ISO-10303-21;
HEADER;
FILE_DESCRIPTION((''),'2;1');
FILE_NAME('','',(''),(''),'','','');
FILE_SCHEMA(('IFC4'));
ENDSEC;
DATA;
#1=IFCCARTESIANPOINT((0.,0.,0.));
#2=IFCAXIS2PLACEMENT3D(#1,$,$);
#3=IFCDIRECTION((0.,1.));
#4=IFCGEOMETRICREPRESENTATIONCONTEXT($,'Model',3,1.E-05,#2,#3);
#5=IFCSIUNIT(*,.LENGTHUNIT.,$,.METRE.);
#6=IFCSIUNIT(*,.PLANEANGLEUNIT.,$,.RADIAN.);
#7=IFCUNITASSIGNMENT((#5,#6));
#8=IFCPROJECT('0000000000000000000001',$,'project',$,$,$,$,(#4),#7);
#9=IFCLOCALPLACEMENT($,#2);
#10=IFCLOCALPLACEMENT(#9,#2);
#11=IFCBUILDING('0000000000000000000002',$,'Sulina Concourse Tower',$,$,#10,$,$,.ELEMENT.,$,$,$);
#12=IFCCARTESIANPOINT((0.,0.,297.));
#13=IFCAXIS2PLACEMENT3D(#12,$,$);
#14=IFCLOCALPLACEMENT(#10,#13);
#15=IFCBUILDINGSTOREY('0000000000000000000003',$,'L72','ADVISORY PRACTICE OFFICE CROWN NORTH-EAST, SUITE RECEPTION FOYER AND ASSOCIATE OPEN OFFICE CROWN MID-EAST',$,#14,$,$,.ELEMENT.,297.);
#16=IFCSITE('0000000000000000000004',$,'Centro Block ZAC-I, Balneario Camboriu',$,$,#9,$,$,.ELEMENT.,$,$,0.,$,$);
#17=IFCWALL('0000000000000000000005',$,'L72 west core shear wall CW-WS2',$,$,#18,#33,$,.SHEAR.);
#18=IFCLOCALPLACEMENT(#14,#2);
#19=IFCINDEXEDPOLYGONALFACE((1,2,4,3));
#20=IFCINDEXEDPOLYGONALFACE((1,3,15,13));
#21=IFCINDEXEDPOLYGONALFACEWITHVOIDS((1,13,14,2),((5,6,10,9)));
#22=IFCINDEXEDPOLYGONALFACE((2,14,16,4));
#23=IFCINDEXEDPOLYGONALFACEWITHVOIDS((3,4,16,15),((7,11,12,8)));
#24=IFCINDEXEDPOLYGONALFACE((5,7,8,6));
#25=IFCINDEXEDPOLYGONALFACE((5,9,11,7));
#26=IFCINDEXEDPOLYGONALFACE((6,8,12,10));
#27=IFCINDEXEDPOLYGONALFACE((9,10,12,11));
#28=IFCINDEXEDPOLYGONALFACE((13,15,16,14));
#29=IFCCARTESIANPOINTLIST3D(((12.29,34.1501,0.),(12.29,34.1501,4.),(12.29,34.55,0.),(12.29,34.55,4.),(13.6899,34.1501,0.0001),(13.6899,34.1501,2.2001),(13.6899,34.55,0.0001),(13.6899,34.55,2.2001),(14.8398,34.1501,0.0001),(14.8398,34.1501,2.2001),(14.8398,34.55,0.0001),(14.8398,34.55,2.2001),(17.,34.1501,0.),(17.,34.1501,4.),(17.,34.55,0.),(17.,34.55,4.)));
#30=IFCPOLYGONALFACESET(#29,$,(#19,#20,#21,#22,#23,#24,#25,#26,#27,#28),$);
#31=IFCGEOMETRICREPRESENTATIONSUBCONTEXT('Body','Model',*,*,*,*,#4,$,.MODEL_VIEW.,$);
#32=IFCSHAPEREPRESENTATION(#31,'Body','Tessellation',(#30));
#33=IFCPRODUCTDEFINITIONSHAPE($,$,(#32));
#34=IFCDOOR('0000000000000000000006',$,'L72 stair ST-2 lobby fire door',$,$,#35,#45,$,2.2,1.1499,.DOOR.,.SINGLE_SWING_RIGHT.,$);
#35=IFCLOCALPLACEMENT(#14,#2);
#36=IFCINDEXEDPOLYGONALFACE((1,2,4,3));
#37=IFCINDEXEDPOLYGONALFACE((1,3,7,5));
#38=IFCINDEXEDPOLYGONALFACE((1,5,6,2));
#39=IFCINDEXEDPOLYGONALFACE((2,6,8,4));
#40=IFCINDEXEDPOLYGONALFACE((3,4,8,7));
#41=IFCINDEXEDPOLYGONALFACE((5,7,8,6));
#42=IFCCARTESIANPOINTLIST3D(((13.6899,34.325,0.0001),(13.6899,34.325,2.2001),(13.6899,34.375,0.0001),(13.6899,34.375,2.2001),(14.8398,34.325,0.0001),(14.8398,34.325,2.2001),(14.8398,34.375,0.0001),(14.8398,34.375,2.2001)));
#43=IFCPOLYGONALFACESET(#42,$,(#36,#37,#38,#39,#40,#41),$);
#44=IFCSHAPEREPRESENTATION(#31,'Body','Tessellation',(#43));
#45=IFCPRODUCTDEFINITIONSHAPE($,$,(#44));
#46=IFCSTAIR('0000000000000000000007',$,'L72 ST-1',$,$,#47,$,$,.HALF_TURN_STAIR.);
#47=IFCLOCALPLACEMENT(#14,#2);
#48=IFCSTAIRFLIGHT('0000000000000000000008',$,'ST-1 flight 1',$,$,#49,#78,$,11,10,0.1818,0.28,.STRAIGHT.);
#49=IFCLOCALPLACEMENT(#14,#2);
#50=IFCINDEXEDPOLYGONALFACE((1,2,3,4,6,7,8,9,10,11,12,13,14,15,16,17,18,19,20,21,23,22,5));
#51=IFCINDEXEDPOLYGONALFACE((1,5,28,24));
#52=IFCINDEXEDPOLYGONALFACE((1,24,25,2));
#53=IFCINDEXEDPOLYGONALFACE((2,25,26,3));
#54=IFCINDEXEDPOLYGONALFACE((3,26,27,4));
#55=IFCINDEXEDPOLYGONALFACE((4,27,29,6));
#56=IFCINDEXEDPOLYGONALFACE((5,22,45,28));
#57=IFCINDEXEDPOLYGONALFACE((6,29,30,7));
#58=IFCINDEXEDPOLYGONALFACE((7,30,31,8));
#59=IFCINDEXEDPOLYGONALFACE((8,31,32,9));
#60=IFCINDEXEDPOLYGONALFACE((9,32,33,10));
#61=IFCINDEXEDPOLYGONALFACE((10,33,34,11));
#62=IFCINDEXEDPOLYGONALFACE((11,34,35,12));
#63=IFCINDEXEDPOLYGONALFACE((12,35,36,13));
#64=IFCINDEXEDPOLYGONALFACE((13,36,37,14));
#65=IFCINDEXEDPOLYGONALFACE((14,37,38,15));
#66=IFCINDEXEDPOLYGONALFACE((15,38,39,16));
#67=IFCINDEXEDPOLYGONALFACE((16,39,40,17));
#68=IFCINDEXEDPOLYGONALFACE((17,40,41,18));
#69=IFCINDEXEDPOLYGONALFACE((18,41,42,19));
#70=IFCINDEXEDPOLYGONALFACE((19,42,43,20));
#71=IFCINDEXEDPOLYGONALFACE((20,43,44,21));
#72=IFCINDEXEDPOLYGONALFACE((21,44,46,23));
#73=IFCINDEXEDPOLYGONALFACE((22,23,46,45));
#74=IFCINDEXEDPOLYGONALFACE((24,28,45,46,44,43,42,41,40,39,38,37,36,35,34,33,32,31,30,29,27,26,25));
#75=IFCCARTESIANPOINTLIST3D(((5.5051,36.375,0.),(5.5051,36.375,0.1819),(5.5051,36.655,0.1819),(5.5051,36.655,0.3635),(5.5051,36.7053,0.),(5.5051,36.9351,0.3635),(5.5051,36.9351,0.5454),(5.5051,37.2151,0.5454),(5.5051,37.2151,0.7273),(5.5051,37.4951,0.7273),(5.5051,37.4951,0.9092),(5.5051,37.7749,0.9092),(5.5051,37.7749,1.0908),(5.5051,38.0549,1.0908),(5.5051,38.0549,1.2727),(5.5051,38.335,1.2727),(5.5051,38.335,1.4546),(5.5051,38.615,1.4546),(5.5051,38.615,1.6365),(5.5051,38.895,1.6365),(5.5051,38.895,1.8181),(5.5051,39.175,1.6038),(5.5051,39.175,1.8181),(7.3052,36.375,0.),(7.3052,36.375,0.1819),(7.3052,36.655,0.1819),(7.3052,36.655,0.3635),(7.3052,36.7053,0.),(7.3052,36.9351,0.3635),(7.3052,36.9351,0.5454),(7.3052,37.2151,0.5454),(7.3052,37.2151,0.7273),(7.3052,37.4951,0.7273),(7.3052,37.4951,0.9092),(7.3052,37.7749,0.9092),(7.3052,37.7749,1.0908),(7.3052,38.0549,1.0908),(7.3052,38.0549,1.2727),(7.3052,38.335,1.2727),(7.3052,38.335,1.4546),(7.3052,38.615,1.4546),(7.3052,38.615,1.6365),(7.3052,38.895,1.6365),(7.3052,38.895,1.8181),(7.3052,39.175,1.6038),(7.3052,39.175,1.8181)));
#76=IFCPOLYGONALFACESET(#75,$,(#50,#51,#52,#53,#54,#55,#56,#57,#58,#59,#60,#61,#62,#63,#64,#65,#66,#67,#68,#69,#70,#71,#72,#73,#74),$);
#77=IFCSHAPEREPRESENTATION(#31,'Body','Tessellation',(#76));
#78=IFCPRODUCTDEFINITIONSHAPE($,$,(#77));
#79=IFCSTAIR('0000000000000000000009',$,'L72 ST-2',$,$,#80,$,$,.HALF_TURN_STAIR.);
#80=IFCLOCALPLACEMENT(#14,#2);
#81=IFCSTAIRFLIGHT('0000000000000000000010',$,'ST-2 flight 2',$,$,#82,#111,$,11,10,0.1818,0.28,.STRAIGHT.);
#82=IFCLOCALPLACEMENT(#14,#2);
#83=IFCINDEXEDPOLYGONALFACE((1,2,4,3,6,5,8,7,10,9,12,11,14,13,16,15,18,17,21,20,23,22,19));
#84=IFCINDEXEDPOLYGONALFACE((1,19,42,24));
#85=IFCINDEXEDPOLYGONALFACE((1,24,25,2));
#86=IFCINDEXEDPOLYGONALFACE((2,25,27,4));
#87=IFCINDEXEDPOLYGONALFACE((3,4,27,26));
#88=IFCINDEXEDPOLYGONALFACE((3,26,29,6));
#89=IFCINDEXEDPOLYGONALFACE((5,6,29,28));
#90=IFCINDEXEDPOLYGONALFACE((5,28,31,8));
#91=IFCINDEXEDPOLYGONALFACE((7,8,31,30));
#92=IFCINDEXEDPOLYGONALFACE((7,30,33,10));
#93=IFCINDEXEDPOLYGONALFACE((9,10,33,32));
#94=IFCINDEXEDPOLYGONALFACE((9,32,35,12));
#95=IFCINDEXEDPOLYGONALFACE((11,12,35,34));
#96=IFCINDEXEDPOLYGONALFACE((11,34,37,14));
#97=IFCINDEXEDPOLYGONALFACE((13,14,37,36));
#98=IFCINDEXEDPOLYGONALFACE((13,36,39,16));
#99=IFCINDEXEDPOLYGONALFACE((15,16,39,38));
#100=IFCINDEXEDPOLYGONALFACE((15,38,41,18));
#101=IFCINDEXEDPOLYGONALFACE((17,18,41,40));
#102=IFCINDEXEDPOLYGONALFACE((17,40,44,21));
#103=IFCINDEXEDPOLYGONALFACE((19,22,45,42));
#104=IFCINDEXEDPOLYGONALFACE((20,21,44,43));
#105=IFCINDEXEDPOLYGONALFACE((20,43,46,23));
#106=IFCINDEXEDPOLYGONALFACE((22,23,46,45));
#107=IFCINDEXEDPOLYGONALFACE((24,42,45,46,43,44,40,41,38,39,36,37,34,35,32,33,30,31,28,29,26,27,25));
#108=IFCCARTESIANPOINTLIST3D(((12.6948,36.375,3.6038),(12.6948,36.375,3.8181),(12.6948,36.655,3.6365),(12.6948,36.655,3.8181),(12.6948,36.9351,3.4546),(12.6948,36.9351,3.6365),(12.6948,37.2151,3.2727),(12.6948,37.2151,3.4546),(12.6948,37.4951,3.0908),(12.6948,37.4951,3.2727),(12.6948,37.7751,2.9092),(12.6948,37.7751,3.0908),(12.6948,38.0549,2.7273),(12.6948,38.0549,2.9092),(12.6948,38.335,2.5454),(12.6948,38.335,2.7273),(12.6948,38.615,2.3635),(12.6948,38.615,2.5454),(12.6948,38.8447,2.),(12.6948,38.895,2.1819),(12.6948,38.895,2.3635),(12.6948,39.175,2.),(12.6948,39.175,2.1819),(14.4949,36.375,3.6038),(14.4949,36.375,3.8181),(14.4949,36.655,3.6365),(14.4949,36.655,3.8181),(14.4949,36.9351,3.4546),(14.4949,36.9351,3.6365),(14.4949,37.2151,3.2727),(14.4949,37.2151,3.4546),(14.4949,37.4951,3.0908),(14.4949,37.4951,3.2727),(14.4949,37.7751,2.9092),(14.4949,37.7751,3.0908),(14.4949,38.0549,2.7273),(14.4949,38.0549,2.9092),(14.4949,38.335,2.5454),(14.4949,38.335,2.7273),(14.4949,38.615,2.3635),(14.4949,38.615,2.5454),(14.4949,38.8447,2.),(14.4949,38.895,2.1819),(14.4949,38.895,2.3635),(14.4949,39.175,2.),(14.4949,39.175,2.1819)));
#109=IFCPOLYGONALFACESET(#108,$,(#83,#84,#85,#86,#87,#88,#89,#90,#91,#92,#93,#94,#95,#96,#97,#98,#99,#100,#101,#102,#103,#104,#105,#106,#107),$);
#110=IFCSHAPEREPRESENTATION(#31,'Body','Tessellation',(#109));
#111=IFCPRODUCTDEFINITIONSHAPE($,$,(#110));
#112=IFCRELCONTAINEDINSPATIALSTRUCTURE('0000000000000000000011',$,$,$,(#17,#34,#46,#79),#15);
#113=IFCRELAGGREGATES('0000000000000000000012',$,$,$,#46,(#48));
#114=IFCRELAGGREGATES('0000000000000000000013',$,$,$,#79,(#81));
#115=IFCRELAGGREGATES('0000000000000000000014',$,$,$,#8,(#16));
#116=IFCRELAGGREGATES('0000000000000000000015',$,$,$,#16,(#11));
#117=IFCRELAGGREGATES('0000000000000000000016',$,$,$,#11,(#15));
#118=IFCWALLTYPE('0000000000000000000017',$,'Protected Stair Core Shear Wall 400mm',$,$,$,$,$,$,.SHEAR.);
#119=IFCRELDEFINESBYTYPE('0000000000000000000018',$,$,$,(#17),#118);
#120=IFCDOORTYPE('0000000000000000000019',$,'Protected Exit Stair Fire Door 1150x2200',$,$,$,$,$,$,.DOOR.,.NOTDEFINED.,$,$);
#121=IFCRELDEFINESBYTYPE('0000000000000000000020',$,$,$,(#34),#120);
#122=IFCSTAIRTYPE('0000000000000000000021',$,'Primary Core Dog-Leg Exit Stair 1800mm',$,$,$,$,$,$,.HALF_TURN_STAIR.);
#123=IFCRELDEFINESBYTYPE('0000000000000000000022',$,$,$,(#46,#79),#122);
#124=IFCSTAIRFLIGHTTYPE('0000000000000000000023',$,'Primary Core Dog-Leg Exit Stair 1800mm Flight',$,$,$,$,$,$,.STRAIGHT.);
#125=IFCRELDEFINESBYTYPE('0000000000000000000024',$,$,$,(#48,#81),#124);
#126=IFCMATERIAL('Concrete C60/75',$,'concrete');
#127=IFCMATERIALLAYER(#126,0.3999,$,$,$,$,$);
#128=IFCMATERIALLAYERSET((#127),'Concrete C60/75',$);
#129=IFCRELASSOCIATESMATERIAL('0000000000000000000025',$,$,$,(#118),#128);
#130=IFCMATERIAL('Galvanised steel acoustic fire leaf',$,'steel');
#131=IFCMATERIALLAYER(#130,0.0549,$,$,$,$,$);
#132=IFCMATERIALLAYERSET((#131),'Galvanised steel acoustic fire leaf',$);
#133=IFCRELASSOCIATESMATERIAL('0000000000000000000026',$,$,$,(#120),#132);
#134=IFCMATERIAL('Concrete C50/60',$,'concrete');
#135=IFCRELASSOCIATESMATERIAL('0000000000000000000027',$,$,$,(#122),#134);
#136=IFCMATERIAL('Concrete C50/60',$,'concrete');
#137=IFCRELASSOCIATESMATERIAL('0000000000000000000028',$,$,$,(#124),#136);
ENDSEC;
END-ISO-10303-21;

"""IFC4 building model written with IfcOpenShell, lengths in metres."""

from ifc_helpers import new_model, si_unit, direction, frame, frame_2d, origin, place, context, subcontext, project, spatial, polyline, rectangle, outline, extrude, material, layer, layer_set, type_object, element, fill, aggregate, save


model = new_model("IFC4")

# Units and contexts
model_context = context("Model", 3, precision=1e-05, world=origin(), true_north=direction((0.0, 1.0)))
body_context = subcontext(model_context, "Body", "Model", "MODEL_VIEW")
ifc_project = project(units=[si_unit("LENGTHUNIT", "METRE"), si_unit("PLANEANGLEUNIT", "RADIAN")], contexts=[model_context])

# Site, building, storey
site_placement = place(None, origin())
site = spatial("IfcSite", under=ifc_project, at=site_placement, Name="Centro Block ZAC-I, Balneario Camboriu", CompositionType="ELEMENT", RefElevation=0.0)
building_placement = place(site_placement, origin())
building = spatial("IfcBuilding", under=site, at=building_placement, Name="Sulina Concourse Tower", CompositionType="ELEMENT")
storey_placement = place(building_placement, frame((0.0, 0.0, 297.0)))
storey = spatial("IfcBuildingStorey", under=building, at=storey_placement, Name="L72", Description="ADVISORY PRACTICE OFFICE CROWN NORTH-EAST, SUITE RECEPTION FOYER AND ASSOCIATE OPEN OFFICE CROWN MID-EAST", CompositionType="ELEMENT", Elevation=297.0)

# Wall, opening, door
ifc_material_1 = material(Name="Concrete C60/75", Category="concrete")
ifc_layer_1 = layer(ifc_material_1, 0.3999)
ifc_layer_set_1 = layer_set([ifc_layer_1], Name="Concrete C60/75")
wall_type_1 = type_object("IfcWallType", Name="Protected Stair Core Shear Wall 400mm", PredefinedType="SHEAR", material=ifc_layer_set_1)
wall_1_placement = place(storey_placement, frame((12.29, 34.3501, 0.0), z_axis=(0.0, 0.0, 1.0), x_axis=(1.0, 0.0, 0.0)))
wall_1 = element("IfcWall", 1, at=wall_1_placement, inside=storey, type_object=wall_type_1, Name="L72 west core shear wall CW-WS2", PredefinedType="SHEAR", context=body_context, shape_type="SweptSolid", body=[
    extrude(rectangle(XDim=4.71, YDim=0.3999, at=frame_2d((2.355, 0.0))), origin(), (0.0, 0.0, 1.0), 4.0),
])
opening_1_placement = place(wall_1_placement, frame((1.3999, 0.0, 0.0)))
opening_1 = element("IfcOpeningElement", 2, at=opening_1_placement, cuts=wall_1, PredefinedType="OPENING", context=body_context, shape_type="SweptSolid", body=[
    extrude(rectangle(XDim=1.1499, YDim=2.2, at=frame_2d((0.575, 1.1001))), frame((0.0, 0.21, 0.0), z_axis=(0.0, -1.0, 0.0), x_axis=(1.0, 0.0, 0.0)), (0.0, 0.0, 1.0), 0.4199),
])
ifc_material_2 = material(Name="Galvanised steel acoustic fire leaf", Category="steel")
ifc_layer_2 = layer(ifc_material_2, 0.0549)
ifc_layer_set_2 = layer_set([ifc_layer_2], Name="Galvanised steel acoustic fire leaf")
door_type_1 = type_object("IfcDoorType", Name="Protected Exit Stair Fire Door 1150x2200", OperationType="NOTDEFINED", PredefinedType="DOOR", material=ifc_layer_set_2)
door_1_placement = place(opening_1_placement, origin())
door_1 = element("IfcDoor", 3, at=door_1_placement, inside=storey, type_object=door_type_1, Name="L72 stair ST-2 lobby fire door", OperationType="SINGLE_SWING_RIGHT", OverallHeight=2.2, OverallWidth=1.1499, PredefinedType="DOOR", context=body_context, shape_type="SweptSolid", body=[
    extrude(rectangle(XDim=1.1499, YDim=2.2, at=frame_2d((0.575, 1.1001))), frame((0.0, 0.0249, 0.0), z_axis=(0.0, -1.0, 0.0), x_axis=(1.0, 0.0, 0.0)), (0.0, 0.0, 1.0), 0.05),
])
fill(opening_1, door_1)

# Stairs, stair flights
ifc_material_3 = material(Name="Concrete C50/60", Category="concrete")
stair_type = type_object("IfcStairType", Name="Primary Core Dog-Leg Exit Stair 1800mm", PredefinedType="HALF_TURN_STAIR", material=ifc_material_3)
stair_1_placement = place(storey_placement, origin())
stair_1 = element("IfcStair", 4, at=stair_1_placement, inside=storey, type_object=stair_type, Name="L72 ST-1", PredefinedType="HALF_TURN_STAIR")
ifc_material_4 = material(Name="Concrete C50/60", Category="concrete")
stair_flight_type = type_object("IfcStairFlightType", Name="Primary Core Dog-Leg Exit Stair 1800mm Flight", PredefinedType="STRAIGHT", material=ifc_material_4)
stair_flight_1_placement = place(storey_placement, frame((6.405, 36.375, 0.0), z_axis=(0.0, 0.0, 1.0), x_axis=(0.0, 1.0, 0.0)))
stair_flight_1 = element("IfcStairFlight", 5, at=stair_flight_1_placement, type_object=stair_flight_type, Name="ST-1 flight 1", NumberOfRisers=11, NumberOfTreads=10, PredefinedType="STRAIGHT", RiserHeight=0.1818, TreadLength=0.28, context=body_context, shape_type="SweptSolid", body=[
    extrude(outline(polyline([(0.0, 0.0), (0.0, 0.1819), (0.28, 0.1819), (0.28, 0.3635), (0.5601, 0.3635), (0.5601, 0.5454), (0.8401, 0.5454), (0.8401, 0.7273), (1.1201, 0.7273), (1.1201, 0.9092), (1.3999, 0.9092), (1.3999, 1.0908), (1.6799, 1.0908), (1.6799, 1.2727), (1.96, 1.2727), (1.96, 1.4546), (2.24, 1.4546), (2.24, 1.6365), (2.52, 1.6365), (2.52, 1.8181), (2.8, 1.8181), (2.8, 2.0), (2.8, 1.6038), (0.3303, 0.0), (0.0, 0.0)])), frame((0.0, 0.8999, 0.0), z_axis=(0.0, -1.0, 0.0), x_axis=(1.0, 0.0, 0.0)), (0.0, 0.0, 1.0), 1.8),
])
aggregate(stair_1, [stair_flight_1])
stair_2_placement = place(storey_placement, origin())
stair_2 = element("IfcStair", 6, at=stair_2_placement, inside=storey, type_object=stair_type, Name="L72 ST-2", PredefinedType="HALF_TURN_STAIR")
stair_flight_2_placement = place(storey_placement, frame((13.595, 39.175, 2.0), z_axis=(0.0, 0.0, 1.0), x_axis=(0.0, -1.0, 0.0)))
stair_flight_2 = element("IfcStairFlight", 7, at=stair_flight_2_placement, type_object=stair_flight_type, Name="ST-2 flight 2", NumberOfRisers=11, NumberOfTreads=10, PredefinedType="STRAIGHT", RiserHeight=0.1818, TreadLength=0.28, context=body_context, shape_type="SweptSolid", body=[
    extrude(outline(polyline([(0.0, 0.0), (0.0, 0.1819), (0.28, 0.1819), (0.28, 0.3635), (0.5601, 0.3635), (0.5601, 0.5454), (0.8401, 0.5454), (0.8401, 0.7273), (1.1201, 0.7273), (1.1201, 0.9092), (1.3999, 0.9092), (1.3999, 1.0908), (1.6799, 1.0908), (1.6799, 1.2727), (1.96, 1.2727), (1.96, 1.4546), (2.24, 1.4546), (2.24, 1.6365), (2.52, 1.6365), (2.52, 1.8181), (2.8, 1.8181), (2.8, 2.0), (2.8, 1.6038), (0.3303, 0.0), (0.0, 0.0)])), frame((0.0, 0.8999, 0.0), z_axis=(0.0, -1.0, 0.0), x_axis=(1.0, 0.0, 0.0)), (0.0, 0.0, 1.0), 1.8),
])
aggregate(stair_2, [stair_flight_2])

save(model, "model.ifc")
